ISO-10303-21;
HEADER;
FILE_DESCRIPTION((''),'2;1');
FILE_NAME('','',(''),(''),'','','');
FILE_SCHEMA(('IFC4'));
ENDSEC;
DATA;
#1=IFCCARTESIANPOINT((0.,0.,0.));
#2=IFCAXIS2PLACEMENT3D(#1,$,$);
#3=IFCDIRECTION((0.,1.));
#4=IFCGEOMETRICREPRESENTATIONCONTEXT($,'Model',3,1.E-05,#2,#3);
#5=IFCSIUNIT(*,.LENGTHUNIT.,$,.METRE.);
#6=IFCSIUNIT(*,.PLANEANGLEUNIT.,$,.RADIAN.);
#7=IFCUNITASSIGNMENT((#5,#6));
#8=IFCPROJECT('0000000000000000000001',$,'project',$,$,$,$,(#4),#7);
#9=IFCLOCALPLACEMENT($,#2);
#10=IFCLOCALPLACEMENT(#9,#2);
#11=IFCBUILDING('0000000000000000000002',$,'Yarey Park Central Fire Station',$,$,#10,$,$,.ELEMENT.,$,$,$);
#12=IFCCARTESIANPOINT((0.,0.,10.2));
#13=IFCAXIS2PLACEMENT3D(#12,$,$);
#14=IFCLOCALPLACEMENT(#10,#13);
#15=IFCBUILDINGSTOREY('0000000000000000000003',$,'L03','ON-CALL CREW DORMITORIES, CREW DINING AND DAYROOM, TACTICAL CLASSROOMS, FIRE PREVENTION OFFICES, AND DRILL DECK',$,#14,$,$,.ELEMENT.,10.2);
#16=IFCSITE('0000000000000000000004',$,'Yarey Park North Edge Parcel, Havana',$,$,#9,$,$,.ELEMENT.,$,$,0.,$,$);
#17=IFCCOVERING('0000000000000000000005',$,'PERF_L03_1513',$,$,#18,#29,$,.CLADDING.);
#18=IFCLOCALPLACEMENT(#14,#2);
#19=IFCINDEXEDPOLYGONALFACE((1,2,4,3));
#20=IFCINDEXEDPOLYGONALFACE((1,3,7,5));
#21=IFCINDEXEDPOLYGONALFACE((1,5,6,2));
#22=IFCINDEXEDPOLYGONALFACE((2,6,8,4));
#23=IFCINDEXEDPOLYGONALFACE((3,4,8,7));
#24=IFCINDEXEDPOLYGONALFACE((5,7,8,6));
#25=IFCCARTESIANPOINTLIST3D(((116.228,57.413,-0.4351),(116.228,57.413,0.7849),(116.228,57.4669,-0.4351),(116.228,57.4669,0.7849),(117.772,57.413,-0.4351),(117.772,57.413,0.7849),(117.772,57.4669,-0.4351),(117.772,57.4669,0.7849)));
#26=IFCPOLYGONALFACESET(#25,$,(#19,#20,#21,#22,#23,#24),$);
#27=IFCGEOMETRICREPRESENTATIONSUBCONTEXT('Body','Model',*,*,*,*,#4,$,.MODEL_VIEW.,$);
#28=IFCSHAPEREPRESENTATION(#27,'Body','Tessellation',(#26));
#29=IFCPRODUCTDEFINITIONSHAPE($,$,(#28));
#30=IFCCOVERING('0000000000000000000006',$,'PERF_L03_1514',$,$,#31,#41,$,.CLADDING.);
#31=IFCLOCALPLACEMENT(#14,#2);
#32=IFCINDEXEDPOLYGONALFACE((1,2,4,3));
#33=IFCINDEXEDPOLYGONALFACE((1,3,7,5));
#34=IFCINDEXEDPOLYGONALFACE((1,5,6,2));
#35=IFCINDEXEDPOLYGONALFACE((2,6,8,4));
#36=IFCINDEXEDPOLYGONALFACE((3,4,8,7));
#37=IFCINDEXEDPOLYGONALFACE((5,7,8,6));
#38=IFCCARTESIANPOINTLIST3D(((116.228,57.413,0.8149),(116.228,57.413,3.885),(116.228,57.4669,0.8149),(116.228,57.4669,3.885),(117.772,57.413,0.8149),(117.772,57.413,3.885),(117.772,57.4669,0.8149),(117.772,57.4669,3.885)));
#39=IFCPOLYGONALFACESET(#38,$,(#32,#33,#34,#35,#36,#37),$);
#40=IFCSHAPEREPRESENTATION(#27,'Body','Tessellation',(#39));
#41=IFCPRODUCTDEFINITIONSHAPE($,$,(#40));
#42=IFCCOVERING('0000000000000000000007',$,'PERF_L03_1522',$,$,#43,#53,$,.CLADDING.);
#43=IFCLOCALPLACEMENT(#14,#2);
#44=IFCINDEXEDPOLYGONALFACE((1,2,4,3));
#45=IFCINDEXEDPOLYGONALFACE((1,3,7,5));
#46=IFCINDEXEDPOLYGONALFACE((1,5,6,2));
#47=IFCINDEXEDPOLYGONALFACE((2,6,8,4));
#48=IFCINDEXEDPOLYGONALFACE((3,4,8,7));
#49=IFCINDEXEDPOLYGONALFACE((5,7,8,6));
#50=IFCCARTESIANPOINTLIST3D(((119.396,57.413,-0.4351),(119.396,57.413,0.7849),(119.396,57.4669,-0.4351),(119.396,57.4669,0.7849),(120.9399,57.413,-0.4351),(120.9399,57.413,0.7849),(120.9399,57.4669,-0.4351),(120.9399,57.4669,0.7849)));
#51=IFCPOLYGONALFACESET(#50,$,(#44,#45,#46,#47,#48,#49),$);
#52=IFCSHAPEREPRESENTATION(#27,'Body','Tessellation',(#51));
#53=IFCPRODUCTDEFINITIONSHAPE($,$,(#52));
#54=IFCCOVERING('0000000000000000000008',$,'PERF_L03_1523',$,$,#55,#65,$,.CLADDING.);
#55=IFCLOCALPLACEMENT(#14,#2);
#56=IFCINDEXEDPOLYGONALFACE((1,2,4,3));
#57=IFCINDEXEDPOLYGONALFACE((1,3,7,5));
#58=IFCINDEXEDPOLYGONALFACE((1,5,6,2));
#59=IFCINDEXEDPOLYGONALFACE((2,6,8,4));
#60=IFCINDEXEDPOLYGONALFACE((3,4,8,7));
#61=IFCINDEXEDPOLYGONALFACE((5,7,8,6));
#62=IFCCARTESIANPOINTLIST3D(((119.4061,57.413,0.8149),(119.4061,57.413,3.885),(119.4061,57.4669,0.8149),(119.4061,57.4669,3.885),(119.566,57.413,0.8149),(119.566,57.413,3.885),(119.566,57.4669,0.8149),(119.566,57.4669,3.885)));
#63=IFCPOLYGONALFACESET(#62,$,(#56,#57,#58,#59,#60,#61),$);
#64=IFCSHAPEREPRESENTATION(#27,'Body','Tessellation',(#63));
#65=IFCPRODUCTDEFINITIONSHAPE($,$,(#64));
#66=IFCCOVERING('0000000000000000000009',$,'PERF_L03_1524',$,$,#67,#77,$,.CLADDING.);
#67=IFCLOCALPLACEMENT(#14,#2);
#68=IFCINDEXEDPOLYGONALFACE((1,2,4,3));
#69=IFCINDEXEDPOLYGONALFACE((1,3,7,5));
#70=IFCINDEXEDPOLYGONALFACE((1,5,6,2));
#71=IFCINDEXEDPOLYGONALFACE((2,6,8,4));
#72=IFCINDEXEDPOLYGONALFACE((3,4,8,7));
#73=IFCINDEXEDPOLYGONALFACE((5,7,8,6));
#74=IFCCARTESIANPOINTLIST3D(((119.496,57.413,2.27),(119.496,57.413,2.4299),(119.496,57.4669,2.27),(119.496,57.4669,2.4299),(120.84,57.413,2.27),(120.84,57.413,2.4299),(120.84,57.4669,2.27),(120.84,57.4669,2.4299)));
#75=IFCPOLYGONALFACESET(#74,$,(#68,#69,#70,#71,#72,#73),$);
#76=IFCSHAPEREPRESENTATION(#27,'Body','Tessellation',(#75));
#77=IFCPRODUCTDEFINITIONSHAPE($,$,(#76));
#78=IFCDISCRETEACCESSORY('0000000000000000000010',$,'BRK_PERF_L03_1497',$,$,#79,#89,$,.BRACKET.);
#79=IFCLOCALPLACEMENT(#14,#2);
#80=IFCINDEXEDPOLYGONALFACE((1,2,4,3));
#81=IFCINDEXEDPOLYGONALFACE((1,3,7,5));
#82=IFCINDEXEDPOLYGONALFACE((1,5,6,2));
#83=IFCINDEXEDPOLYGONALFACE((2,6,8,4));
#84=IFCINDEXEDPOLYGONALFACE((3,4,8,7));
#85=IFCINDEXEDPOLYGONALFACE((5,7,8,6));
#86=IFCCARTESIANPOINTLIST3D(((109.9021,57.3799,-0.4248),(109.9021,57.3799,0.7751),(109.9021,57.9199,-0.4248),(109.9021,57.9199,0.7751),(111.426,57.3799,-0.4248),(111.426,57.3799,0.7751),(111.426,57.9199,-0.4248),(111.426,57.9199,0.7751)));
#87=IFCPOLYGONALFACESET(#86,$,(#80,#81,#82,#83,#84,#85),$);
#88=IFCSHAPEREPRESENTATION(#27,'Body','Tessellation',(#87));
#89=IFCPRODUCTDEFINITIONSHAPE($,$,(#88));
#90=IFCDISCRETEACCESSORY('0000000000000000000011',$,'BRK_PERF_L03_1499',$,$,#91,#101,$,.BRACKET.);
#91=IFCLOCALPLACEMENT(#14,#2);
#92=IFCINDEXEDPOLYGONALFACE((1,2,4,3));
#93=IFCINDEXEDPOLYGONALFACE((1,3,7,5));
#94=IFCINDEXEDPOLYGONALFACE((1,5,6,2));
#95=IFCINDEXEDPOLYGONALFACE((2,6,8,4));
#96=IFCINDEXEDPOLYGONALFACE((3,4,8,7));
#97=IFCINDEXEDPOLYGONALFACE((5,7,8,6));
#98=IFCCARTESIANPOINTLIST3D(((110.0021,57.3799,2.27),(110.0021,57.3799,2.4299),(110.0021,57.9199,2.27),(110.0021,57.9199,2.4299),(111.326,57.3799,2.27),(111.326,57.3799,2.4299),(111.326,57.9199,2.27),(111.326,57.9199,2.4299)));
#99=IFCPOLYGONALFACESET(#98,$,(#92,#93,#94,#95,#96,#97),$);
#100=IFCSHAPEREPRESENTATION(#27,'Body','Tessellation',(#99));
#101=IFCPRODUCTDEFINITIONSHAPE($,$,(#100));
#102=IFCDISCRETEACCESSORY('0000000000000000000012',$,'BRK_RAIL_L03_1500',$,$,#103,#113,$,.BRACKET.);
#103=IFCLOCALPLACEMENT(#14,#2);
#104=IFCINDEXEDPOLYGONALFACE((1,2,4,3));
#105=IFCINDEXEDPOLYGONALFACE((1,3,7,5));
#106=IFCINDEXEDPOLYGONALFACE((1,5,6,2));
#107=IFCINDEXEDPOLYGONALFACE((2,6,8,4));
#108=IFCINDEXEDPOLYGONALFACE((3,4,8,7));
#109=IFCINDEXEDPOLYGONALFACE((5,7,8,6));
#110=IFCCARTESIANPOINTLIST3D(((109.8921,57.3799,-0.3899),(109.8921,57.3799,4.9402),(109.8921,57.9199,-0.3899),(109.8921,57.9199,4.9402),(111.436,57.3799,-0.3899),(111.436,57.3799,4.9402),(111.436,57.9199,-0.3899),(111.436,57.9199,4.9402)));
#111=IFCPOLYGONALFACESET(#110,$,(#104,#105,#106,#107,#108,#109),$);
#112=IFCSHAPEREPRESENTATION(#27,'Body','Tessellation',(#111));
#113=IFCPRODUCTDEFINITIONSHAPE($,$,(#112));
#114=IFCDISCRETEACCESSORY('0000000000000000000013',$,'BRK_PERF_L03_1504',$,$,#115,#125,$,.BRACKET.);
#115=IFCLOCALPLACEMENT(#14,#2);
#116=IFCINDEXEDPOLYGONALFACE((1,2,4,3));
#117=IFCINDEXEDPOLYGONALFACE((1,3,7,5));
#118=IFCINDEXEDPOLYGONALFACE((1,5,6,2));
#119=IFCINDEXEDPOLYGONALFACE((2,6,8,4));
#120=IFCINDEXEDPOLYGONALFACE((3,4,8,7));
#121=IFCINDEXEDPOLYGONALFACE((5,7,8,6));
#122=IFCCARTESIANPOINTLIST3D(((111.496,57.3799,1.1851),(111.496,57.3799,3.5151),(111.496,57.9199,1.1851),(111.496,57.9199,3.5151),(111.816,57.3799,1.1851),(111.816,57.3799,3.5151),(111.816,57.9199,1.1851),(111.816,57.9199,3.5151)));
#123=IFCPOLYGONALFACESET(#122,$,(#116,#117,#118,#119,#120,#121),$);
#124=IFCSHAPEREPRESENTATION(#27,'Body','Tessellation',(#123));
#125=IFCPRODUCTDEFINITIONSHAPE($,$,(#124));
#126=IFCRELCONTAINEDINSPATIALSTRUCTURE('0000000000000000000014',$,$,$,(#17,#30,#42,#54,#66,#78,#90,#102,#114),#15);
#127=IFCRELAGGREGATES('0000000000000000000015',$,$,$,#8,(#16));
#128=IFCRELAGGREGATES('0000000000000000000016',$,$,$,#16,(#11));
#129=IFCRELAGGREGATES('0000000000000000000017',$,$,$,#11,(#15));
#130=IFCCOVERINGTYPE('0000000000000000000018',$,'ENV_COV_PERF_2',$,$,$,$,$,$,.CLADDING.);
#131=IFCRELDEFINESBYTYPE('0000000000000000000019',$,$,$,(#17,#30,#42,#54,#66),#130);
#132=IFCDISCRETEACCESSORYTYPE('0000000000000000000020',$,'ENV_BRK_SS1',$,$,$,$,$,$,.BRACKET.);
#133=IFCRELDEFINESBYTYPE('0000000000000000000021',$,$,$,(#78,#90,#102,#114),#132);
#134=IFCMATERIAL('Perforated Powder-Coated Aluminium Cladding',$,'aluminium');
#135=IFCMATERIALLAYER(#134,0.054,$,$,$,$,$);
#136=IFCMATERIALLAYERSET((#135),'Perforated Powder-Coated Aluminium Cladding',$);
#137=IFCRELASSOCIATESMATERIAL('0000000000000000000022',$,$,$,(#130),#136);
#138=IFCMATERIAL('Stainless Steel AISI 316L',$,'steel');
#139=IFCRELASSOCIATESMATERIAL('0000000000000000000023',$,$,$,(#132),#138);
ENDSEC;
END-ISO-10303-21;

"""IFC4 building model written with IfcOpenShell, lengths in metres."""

from ifc_helpers import new_model, si_unit, direction, frame, origin, origin_2d, place, context, subcontext, project, spatial, rectangle, extrude, material, layer, layer_set, type_object, element, save


model = new_model("IFC4")

# Units and contexts
model_context = context("Model", 3, precision=1e-05, world=origin(), true_north=direction((0.0, 1.0)))
body_context = subcontext(model_context, "Body", "Model", "MODEL_VIEW")
ifc_project = project(units=[si_unit("LENGTHUNIT", "METRE"), si_unit("PLANEANGLEUNIT", "RADIAN")], contexts=[model_context])

# Site, building, storey
site_placement = place(None, origin())
site = spatial("IfcSite", under=ifc_project, at=site_placement, Name="Yarey Park North Edge Parcel, Havana", CompositionType="ELEMENT", RefElevation=0.0)
building_placement = place(site_placement, origin())
building = spatial("IfcBuilding", under=site, at=building_placement, Name="Yarey Park Central Fire Station", CompositionType="ELEMENT")
storey_placement = place(building_placement, frame((0.0, 0.0, 10.2)))
storey = spatial("IfcBuildingStorey", under=building, at=storey_placement, Name="L03", Description="ON-CALL CREW DORMITORIES, CREW DINING AND DAYROOM, TACTICAL CLASSROOMS, FIRE PREVENTION OFFICES, AND DRILL DECK", CompositionType="ELEMENT", Elevation=10.2)

# Coverings
ifc_material_1 = material(Name="Perforated Powder-Coated Aluminium Cladding", Category="aluminium")
ifc_layer_1 = layer(ifc_material_1, 0.054)
ifc_layer_set_1 = layer_set([ifc_layer_1], Name="Perforated Powder-Coated Aluminium Cladding")
covering_type_1 = type_object("IfcCoveringType", Name="ENV_COV_PERF_2", PredefinedType="CLADDING", material=ifc_layer_set_1)
covering_1_placement = place(storey_placement, frame((117.0, 57.4399, -0.4351), z_axis=(0.0, 0.0, 1.0), x_axis=(1.0, 0.0, 0.0)))
element("IfcCovering", 1, at=covering_1_placement, inside=storey, type_object=covering_type_1, Name="PERF_L03_1513", PredefinedType="CLADDING", context=body_context, shape_type="SweptSolid", body=[
    extrude(rectangle(XDim=1.5439, YDim=0.054, at=origin_2d()), origin(), (0.0, 0.0, 1.0), 1.22),
])
covering_2_placement = place(storey_placement, frame((117.0, 57.4399, 0.8149), z_axis=(0.0, 0.0, 1.0), x_axis=(1.0, 0.0, 0.0)))
element("IfcCovering", 2, at=covering_2_placement, inside=storey, type_object=covering_type_1, Name="PERF_L03_1514", PredefinedType="CLADDING", context=body_context, shape_type="SweptSolid", body=[
    extrude(rectangle(XDim=1.5439, YDim=0.054, at=origin_2d()), origin(), (0.0, 0.0, 1.0), 3.0701),
])
covering_3_placement = place(storey_placement, frame((120.168, 57.4399, -0.4351), z_axis=(0.0, 0.0, 1.0), x_axis=(1.0, 0.0, 0.0)))
element("IfcCovering", 3, at=covering_3_placement, inside=storey, type_object=covering_type_1, Name="PERF_L03_1522", PredefinedType="CLADDING", context=body_context, shape_type="SweptSolid", body=[
    extrude(rectangle(XDim=1.5439, YDim=0.054, at=origin_2d()), origin(), (0.0, 0.0, 1.0), 1.22),
])
covering_4_placement = place(storey_placement, frame((119.4861, 57.4399, 0.8149), z_axis=(0.0, 0.0, 1.0), x_axis=(1.0, 0.0, 0.0)))
element("IfcCovering", 4, at=covering_4_placement, inside=storey, type_object=covering_type_1, Name="PERF_L03_1523", PredefinedType="CLADDING", context=body_context, shape_type="SweptSolid", body=[
    extrude(rectangle(XDim=0.1599, YDim=0.054, at=origin_2d()), origin(), (0.0, 0.0, 1.0), 3.0701),
])
covering_5_placement = place(storey_placement, frame((120.168, 57.4399, 2.27), z_axis=(0.0, 0.0, 1.0), x_axis=(1.0, 0.0, 0.0)))
element("IfcCovering", 5, at=covering_5_placement, inside=storey, type_object=covering_type_1, Name="PERF_L03_1524", PredefinedType="CLADDING", context=body_context, shape_type="SweptSolid", body=[
    extrude(rectangle(XDim=1.344, YDim=0.054, at=origin_2d()), origin(), (0.0, 0.0, 1.0), 0.1599),
])

# Discrete accessories
ifc_material_2 = material(Name="Stainless Steel AISI 316L", Category="steel")
discrete_accessory_type = type_object("IfcDiscreteAccessoryType", Name="ENV_BRK_SS1", PredefinedType="BRACKET", material=ifc_material_2)
discrete_accessory_1_placement = place(storey_placement, frame((110.6641, 57.6499, -0.4248), z_axis=(0.0, 0.0, 1.0), x_axis=(1.0, 0.0, 0.0)))
element("IfcDiscreteAccessory", 6, at=discrete_accessory_1_placement, inside=storey, type_object=discrete_accessory_type, Name="BRK_PERF_L03_1497", PredefinedType="BRACKET", context=body_context, shape_type="SweptSolid", body=[
    extrude(rectangle(XDim=1.5239, YDim=0.54, at=origin_2d()), origin(), (0.0, 0.0, 1.0), 1.2),
])
discrete_accessory_2_placement = place(storey_placement, frame((110.6641, 57.6499, 2.27), z_axis=(0.0, 0.0, 1.0), x_axis=(1.0, 0.0, 0.0)))
element("IfcDiscreteAccessory", 7, at=discrete_accessory_2_placement, inside=storey, type_object=discrete_accessory_type, Name="BRK_PERF_L03_1499", PredefinedType="BRACKET", context=body_context, shape_type="SweptSolid", body=[
    extrude(rectangle(XDim=1.324, YDim=0.54, at=origin_2d()), origin(), (0.0, 0.0, 1.0), 0.1599),
])
discrete_accessory_3_placement = place(storey_placement, frame((110.6641, 57.6499, -0.3899), z_axis=(0.0, 0.0, 1.0), x_axis=(1.0, 0.0, 0.0)))
element("IfcDiscreteAccessory", 8, at=discrete_accessory_3_placement, inside=storey, type_object=discrete_accessory_type, Name="BRK_RAIL_L03_1500", PredefinedType="BRACKET", context=body_context, shape_type="SweptSolid", body=[
    extrude(rectangle(XDim=1.5439, YDim=0.54, at=origin_2d()), origin(), (0.0, 0.0, 1.0), 5.3301),
])
discrete_accessory_4_placement = place(storey_placement, frame((111.656, 57.6499, 1.1851), z_axis=(0.0, 0.0, 1.0), x_axis=(1.0, 0.0, 0.0)))
element("IfcDiscreteAccessory", 9, at=discrete_accessory_4_placement, inside=storey, type_object=discrete_accessory_type, Name="BRK_PERF_L03_1504", PredefinedType="BRACKET", context=body_context, shape_type="SweptSolid", body=[
    extrude(rectangle(XDim=0.3201, YDim=0.54, at=origin_2d()), origin(), (0.0, 0.0, 1.0), 2.3301),
])

save(model, "model.ifc")
